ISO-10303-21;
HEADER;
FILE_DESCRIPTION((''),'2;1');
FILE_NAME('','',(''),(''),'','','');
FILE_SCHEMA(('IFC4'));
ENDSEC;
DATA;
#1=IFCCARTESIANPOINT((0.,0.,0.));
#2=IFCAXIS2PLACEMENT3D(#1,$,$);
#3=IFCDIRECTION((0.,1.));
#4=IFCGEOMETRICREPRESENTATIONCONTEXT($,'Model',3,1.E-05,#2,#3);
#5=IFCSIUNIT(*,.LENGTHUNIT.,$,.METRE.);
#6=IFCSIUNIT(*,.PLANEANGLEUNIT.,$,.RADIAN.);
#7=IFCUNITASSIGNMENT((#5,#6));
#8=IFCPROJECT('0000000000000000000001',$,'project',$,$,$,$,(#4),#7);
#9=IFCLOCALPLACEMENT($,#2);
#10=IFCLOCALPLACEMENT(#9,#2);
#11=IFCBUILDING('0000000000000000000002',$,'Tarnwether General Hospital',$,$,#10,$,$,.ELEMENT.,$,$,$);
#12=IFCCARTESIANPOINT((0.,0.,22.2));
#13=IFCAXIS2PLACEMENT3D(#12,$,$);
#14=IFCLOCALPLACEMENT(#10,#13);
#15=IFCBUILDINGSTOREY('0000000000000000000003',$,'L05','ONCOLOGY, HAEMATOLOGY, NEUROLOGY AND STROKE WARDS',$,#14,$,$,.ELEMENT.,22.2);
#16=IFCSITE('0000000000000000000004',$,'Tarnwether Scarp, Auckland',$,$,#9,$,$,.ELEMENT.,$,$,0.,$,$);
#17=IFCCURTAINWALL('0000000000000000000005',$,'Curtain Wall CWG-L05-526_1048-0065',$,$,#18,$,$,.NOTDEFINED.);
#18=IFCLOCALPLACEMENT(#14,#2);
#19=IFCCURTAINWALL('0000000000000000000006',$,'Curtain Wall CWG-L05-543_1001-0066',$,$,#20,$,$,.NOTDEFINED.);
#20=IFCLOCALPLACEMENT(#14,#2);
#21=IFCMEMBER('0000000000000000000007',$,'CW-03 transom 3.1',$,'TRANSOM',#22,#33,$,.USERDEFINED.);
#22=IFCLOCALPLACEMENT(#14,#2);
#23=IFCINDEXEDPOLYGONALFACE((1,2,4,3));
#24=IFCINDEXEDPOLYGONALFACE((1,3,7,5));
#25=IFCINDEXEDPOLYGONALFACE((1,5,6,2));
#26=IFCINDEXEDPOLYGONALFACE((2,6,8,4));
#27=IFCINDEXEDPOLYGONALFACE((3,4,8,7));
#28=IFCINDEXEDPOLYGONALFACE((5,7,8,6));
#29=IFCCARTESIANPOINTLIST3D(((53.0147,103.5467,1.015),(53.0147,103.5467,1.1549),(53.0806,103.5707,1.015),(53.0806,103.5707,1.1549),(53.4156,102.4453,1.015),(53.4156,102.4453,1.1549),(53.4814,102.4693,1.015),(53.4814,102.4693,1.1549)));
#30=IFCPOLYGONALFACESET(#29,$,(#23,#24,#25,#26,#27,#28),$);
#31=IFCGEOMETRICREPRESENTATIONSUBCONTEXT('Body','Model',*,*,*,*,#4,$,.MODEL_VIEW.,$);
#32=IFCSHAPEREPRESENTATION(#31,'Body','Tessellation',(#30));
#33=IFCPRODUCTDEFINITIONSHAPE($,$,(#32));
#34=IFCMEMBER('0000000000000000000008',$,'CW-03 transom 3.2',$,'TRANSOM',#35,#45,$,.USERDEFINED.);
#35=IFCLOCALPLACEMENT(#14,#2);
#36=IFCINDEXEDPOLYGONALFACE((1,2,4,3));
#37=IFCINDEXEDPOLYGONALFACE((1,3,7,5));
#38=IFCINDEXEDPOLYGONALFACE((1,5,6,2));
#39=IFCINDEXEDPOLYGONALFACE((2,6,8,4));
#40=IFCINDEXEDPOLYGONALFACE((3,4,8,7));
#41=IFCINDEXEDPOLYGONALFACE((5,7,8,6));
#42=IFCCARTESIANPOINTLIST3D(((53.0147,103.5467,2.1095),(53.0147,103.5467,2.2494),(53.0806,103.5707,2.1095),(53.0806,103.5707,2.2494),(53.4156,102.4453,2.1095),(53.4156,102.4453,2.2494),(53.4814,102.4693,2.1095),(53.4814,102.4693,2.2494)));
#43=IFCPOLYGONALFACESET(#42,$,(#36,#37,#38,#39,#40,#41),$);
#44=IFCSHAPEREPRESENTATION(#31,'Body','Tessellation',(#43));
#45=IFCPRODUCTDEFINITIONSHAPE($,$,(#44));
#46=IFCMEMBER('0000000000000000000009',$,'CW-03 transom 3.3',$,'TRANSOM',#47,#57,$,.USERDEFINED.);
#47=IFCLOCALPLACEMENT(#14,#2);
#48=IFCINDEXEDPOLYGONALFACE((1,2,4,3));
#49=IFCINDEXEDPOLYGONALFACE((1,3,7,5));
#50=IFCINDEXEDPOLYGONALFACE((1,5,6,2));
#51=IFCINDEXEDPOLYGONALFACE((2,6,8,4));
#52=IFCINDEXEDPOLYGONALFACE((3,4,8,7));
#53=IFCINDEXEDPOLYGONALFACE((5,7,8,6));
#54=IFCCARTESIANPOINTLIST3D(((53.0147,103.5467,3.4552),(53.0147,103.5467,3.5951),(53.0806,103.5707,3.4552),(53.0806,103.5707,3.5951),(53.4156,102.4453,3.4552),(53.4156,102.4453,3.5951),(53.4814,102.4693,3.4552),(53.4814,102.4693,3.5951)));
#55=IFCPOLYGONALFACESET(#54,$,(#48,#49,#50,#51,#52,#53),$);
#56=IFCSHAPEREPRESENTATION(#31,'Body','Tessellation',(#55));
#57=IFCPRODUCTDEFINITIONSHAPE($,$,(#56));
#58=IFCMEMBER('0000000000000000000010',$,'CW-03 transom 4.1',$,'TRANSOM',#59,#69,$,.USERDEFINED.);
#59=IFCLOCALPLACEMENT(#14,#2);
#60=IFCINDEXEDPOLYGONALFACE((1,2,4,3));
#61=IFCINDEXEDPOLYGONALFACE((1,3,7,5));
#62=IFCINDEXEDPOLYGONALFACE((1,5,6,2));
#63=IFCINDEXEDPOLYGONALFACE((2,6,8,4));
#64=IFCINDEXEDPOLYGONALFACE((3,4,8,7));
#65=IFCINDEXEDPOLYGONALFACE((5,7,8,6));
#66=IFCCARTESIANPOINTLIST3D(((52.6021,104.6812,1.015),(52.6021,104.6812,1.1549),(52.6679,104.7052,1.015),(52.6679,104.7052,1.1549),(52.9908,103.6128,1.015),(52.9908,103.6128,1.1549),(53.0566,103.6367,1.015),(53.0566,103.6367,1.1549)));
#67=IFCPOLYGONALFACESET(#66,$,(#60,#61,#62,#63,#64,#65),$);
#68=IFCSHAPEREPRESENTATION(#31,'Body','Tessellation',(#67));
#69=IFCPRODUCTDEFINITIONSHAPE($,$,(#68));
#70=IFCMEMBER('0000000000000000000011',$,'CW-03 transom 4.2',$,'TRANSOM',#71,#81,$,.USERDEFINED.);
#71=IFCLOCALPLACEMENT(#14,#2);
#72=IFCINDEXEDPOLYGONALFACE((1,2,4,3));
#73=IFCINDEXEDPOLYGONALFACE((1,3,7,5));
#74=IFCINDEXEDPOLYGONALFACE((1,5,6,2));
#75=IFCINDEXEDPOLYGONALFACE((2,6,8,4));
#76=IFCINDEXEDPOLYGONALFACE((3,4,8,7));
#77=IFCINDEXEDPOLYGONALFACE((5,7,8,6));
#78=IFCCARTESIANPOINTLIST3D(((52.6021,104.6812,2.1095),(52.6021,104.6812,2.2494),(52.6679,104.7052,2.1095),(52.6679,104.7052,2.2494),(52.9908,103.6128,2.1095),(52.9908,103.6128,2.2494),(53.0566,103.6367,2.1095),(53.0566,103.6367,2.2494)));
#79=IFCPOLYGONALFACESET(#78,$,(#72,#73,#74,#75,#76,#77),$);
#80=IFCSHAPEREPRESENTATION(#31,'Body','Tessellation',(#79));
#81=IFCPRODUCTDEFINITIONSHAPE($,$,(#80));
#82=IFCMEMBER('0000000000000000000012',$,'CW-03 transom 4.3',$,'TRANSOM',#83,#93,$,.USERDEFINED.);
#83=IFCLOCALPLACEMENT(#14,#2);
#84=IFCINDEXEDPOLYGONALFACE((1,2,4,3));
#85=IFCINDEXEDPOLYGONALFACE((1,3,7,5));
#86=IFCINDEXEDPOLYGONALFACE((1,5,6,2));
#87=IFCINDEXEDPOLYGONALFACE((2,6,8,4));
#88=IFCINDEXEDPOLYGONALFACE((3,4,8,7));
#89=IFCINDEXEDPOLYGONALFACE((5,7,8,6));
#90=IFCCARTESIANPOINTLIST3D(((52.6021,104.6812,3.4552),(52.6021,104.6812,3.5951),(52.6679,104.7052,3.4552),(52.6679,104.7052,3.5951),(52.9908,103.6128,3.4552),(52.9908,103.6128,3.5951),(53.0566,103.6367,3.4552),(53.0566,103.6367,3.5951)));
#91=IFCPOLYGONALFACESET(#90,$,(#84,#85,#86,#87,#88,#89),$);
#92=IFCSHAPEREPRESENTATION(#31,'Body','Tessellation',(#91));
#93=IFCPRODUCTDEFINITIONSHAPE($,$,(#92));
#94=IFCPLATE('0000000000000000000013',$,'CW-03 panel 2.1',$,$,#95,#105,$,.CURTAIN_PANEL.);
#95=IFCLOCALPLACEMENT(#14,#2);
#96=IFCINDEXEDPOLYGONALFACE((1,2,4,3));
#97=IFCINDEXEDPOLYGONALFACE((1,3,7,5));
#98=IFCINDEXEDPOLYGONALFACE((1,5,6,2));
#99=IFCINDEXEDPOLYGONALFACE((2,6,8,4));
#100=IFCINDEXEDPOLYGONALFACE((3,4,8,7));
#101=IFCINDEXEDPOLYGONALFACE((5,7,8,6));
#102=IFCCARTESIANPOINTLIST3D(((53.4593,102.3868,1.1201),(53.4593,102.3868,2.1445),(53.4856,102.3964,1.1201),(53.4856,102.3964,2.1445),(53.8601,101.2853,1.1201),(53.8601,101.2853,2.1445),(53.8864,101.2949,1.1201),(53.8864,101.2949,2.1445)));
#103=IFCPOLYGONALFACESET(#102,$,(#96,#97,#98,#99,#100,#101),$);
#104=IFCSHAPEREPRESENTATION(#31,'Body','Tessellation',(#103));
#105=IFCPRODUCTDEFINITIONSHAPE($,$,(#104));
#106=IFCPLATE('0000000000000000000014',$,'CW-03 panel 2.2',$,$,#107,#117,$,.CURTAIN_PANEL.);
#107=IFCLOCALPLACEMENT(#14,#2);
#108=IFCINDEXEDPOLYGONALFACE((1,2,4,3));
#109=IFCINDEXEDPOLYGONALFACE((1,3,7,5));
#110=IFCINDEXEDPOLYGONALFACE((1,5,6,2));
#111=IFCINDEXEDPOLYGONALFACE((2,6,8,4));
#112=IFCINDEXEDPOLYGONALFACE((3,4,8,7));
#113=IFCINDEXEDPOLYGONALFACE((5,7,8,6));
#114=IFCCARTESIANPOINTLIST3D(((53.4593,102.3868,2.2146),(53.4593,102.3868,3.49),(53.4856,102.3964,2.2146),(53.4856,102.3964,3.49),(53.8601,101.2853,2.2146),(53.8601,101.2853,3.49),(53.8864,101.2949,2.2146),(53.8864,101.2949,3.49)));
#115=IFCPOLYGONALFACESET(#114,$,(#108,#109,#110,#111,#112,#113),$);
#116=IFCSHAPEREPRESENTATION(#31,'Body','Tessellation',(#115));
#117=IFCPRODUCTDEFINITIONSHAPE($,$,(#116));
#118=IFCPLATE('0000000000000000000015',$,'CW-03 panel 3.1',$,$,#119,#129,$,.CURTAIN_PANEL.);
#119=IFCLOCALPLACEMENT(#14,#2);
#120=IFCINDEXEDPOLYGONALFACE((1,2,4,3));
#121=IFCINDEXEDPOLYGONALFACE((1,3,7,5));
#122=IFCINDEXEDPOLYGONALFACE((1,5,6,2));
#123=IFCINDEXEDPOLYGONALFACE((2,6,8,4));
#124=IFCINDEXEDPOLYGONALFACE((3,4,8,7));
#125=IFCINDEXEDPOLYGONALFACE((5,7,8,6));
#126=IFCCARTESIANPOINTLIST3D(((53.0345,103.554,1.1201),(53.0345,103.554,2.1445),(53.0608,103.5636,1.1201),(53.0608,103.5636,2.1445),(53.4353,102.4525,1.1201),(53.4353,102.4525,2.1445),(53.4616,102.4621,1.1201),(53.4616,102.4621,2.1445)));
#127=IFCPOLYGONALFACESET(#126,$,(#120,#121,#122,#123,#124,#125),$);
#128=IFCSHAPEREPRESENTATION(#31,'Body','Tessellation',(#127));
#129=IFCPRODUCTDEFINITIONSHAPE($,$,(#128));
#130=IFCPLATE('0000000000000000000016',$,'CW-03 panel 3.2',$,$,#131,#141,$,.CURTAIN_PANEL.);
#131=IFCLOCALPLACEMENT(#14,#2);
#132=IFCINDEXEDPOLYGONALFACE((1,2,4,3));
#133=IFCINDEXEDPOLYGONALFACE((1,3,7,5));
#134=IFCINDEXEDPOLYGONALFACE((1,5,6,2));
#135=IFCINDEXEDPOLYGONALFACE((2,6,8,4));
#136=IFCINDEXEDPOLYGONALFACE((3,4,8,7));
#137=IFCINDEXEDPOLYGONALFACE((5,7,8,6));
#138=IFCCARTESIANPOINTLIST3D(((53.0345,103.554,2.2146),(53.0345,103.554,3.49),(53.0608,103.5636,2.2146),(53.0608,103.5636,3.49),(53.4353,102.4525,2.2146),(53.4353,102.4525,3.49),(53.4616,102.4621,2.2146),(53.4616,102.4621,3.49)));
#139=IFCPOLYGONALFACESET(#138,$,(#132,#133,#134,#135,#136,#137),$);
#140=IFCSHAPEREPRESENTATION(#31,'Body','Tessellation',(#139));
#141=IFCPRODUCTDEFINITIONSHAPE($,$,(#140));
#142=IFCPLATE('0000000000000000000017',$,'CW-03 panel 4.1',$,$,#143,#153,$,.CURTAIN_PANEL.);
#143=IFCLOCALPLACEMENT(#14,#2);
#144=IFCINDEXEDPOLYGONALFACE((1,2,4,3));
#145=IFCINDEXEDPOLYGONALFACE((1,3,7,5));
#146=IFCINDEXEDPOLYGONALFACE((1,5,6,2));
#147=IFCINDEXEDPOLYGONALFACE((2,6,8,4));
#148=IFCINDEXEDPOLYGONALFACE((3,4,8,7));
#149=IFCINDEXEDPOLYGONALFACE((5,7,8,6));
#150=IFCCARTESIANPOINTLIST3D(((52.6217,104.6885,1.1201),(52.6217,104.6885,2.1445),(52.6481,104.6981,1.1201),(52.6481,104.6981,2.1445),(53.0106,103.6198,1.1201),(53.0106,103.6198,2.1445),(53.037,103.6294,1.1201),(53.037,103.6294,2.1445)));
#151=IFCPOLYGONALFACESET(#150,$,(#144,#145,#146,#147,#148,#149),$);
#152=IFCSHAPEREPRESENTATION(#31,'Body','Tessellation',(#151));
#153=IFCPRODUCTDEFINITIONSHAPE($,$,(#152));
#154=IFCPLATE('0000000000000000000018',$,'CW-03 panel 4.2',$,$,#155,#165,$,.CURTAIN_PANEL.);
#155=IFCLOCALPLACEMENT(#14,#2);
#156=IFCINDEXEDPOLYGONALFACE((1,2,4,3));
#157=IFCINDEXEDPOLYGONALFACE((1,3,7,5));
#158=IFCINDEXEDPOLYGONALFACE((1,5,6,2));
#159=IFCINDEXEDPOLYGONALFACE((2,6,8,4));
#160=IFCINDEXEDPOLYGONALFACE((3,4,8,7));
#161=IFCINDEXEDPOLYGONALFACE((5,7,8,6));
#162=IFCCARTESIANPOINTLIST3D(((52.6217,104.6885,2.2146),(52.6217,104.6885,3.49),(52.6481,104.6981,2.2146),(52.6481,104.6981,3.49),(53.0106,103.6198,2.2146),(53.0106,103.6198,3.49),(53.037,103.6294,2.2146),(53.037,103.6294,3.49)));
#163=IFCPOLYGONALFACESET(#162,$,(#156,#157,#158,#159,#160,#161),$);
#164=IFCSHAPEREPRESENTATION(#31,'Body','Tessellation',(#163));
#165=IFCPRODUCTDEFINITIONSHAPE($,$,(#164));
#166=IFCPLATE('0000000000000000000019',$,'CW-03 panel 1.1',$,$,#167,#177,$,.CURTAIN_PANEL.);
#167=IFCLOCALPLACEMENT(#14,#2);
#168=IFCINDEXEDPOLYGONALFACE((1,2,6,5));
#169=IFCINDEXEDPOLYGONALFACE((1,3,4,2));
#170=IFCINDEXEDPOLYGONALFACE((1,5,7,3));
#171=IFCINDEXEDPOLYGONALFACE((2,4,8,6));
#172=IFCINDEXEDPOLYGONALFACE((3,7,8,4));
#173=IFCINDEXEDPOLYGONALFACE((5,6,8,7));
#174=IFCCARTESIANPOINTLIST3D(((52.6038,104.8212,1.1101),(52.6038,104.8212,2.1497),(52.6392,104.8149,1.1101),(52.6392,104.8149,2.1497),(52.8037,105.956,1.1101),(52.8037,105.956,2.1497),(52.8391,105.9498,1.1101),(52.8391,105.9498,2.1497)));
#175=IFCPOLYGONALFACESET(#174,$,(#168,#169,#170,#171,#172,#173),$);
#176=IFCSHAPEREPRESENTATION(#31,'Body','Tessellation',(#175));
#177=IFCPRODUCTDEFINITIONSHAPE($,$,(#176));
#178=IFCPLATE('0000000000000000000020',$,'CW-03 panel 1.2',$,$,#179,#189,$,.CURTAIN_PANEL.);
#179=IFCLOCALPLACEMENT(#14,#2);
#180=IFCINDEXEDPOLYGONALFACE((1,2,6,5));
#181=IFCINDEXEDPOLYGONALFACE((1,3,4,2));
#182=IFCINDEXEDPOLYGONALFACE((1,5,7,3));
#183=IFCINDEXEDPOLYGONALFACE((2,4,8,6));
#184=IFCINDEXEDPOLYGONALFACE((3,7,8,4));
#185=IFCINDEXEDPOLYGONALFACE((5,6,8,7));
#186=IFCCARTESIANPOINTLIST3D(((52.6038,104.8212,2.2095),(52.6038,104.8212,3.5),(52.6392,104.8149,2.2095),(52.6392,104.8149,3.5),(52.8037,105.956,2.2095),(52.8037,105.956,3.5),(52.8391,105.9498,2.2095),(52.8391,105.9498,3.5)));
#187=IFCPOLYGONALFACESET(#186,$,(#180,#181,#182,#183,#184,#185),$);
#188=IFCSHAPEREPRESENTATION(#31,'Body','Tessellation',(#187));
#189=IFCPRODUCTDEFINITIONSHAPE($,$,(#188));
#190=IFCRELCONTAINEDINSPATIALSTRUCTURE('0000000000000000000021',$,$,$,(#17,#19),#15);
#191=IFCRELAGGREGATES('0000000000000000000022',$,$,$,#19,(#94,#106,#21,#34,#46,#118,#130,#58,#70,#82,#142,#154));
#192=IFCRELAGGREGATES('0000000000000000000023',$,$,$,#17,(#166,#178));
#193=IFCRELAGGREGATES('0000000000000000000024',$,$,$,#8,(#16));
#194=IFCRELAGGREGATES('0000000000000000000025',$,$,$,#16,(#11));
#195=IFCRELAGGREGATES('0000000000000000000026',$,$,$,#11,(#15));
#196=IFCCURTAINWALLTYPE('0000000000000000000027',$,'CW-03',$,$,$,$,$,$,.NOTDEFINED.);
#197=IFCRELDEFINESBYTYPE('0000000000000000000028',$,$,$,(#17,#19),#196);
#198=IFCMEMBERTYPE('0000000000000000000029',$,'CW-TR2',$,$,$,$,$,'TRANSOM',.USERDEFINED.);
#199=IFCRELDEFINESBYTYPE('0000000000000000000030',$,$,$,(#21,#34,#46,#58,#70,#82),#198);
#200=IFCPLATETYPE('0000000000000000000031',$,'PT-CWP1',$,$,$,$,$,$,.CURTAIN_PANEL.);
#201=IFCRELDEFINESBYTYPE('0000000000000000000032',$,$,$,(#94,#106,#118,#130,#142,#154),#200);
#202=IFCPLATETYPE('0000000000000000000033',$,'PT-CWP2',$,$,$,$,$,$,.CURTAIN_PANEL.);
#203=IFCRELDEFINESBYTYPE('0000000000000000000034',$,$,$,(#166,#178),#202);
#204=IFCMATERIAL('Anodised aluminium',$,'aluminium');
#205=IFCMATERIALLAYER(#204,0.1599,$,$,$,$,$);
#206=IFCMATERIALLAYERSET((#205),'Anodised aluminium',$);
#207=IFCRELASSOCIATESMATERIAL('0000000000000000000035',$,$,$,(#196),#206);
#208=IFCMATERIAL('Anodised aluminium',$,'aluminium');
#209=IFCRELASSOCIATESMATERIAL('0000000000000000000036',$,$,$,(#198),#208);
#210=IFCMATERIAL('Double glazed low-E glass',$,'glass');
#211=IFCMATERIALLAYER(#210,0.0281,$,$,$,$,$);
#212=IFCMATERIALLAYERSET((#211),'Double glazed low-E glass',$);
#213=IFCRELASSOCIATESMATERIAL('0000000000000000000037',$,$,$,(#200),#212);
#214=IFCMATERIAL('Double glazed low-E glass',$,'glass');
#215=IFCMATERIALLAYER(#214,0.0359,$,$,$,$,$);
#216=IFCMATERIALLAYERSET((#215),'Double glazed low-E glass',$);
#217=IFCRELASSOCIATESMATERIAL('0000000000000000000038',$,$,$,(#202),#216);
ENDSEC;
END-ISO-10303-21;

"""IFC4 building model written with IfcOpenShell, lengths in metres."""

from ifc_helpers import new_model, si_unit, direction, frame, origin, origin_2d, place, context, subcontext, project, spatial, rectangle, extrude, material, layer, layer_set, material_profile, profile_set, type_object, element, aggregate, save


model = new_model("IFC4")

# Units and contexts
model_context = context("Model", 3, precision=1e-05, world=origin(), true_north=direction((0.0, 1.0)))
body_context = subcontext(model_context, "Body", "Model", "MODEL_VIEW")
ifc_project = project(units=[si_unit("LENGTHUNIT", "METRE"), si_unit("PLANEANGLEUNIT", "RADIAN")], contexts=[model_context])

# Site, building, storey
site_placement = place(None, origin())
site = spatial("IfcSite", under=ifc_project, at=site_placement, Name="Tarnwether Scarp, Auckland", CompositionType="ELEMENT", RefElevation=0.0)
building_placement = place(site_placement, origin())
building = spatial("IfcBuilding", under=site, at=building_placement, Name="Tarnwether General Hospital", CompositionType="ELEMENT")
storey_placement = place(building_placement, frame((0.0, 0.0, 22.2)))
storey = spatial("IfcBuildingStorey", under=building, at=storey_placement, Name="L05", Description="ONCOLOGY, HAEMATOLOGY, NEUROLOGY AND STROKE WARDS", CompositionType="ELEMENT", Elevation=22.2)

# Curtain walls
ifc_material_1 = material(Name="Anodised aluminium", Category="aluminium")
ifc_layer_1 = layer(ifc_material_1, 0.1599)
ifc_layer_set_1 = layer_set([ifc_layer_1], Name="Anodised aluminium")
curtain_wall_type = type_object("IfcCurtainWallType", Name="CW-03", PredefinedType="NOTDEFINED", material=ifc_layer_set_1)
curtain_wall_1_placement = place(storey_placement, origin())
curtain_wall_1 = element("IfcCurtainWall", 1, at=curtain_wall_1_placement, inside=storey, type_object=curtain_wall_type, Name="Curtain Wall CWG-L05-526_1048-0065", PredefinedType="NOTDEFINED")
curtain_wall_2_placement = place(storey_placement, origin())
curtain_wall_2 = element("IfcCurtainWall", 2, at=curtain_wall_2_placement, inside=storey, type_object=curtain_wall_type, Name="Curtain Wall CWG-L05-543_1001-0066", PredefinedType="NOTDEFINED")

# Members
ifc_material_2 = material(Name="Anodised aluminium", Category="aluminium")
ifc_material_profile_1 = material_profile(ifc_material_2, rectangle(XDim=0.0701, YDim=0.1399, at=origin_2d()), Name="ALU-TRN-70x140")
ifc_profile_set_1 = profile_set([ifc_material_profile_1], Name="Anodised aluminium")
member_type_1 = type_object("IfcMemberType", Name="CW-TR2", ElementType="TRANSOM", PredefinedType="USERDEFINED", material=ifc_profile_set_1)
member_1_placement = place(storey_placement, frame((53.4485, 102.4573, 1.085), z_axis=(-0.341977, 0.939708, 0.0), x_axis=(-0.939708, -0.341977, 0.0)))
member_1 = element("IfcMember", 3, at=member_1_placement, type_object=member_type_1, Name="CW-03 transom 3.1", ObjectType="TRANSOM", PredefinedType="USERDEFINED", context=body_context, shape_type="SweptSolid", body=[
    extrude(rectangle(XDim=0.0701, YDim=0.1399, at=origin_2d()), origin(), (0.0, 0.0, 1.0), 1.1721),
])
member_2_placement = place(storey_placement, frame((53.4485, 102.4573, 2.1794), z_axis=(-0.341977, 0.939708, 0.0), x_axis=(-0.939708, -0.341977, 0.0)))
member_2 = element("IfcMember", 4, at=member_2_placement, type_object=member_type_1, Name="CW-03 transom 3.2", ObjectType="TRANSOM", PredefinedType="USERDEFINED", context=body_context, shape_type="SweptSolid", body=[
    extrude(rectangle(XDim=0.0701, YDim=0.1399, at=origin_2d()), origin(), (0.0, 0.0, 1.0), 1.1721),
])
member_3_placement = place(storey_placement, frame((53.4485, 102.4573, 3.5251), z_axis=(-0.341977, 0.939708, 0.0), x_axis=(-0.939708, -0.341977, 0.0)))
member_3 = element("IfcMember", 5, at=member_3_placement, type_object=member_type_1, Name="CW-03 transom 3.3", ObjectType="TRANSOM", PredefinedType="USERDEFINED", context=body_context, shape_type="SweptSolid", body=[
    extrude(rectangle(XDim=0.0701, YDim=0.1399, at=origin_2d()), origin(), (0.0, 0.0, 1.0), 1.1721),
])
member_4_placement = place(storey_placement, frame((53.0237, 103.6248, 1.085), z_axis=(-0.341881, 0.939743, 0.0), x_axis=(-0.939743, -0.341881, 0.0)))
member_4 = element("IfcMember", 6, at=member_4_placement, type_object=member_type_1, Name="CW-03 transom 4.1", ObjectType="TRANSOM", PredefinedType="USERDEFINED", context=body_context, shape_type="SweptSolid", body=[
    extrude(rectangle(XDim=0.0701, YDim=0.1399, at=origin_2d()), origin(), (0.0, 0.0, 1.0), 1.137),
])
member_5_placement = place(storey_placement, frame((53.0237, 103.6248, 2.1794), z_axis=(-0.341881, 0.939743, 0.0), x_axis=(-0.939743, -0.341881, 0.0)))
member_5 = element("IfcMember", 7, at=member_5_placement, type_object=member_type_1, Name="CW-03 transom 4.2", ObjectType="TRANSOM", PredefinedType="USERDEFINED", context=body_context, shape_type="SweptSolid", body=[
    extrude(rectangle(XDim=0.0701, YDim=0.1399, at=origin_2d()), origin(), (0.0, 0.0, 1.0), 1.137),
])
member_6_placement = place(storey_placement, frame((53.0237, 103.6248, 3.5251), z_axis=(-0.341881, 0.939743, 0.0), x_axis=(-0.939743, -0.341881, 0.0)))
member_6 = element("IfcMember", 8, at=member_6_placement, type_object=member_type_1, Name="CW-03 transom 4.3", ObjectType="TRANSOM", PredefinedType="USERDEFINED", context=body_context, shape_type="SweptSolid", body=[
    extrude(rectangle(XDim=0.0701, YDim=0.1399, at=origin_2d()), origin(), (0.0, 0.0, 1.0), 1.137),
])

# Plates
ifc_material_3 = material(Name="Double glazed low-E glass", Category="glass")
ifc_layer_2 = layer(ifc_material_3, 0.0281)
ifc_layer_set_2 = layer_set([ifc_layer_2], Name="Double glazed low-E glass")
plate_type_1 = type_object("IfcPlateType", Name="PT-CWP1", PredefinedType="CURTAIN_PANEL", material=ifc_layer_set_2)
plate_1_placement = place(storey_placement, frame((53.6729, 101.8408, 1.1201), z_axis=(0.0, 0.0, 1.0), x_axis=(-0.341953, 0.939717, 0.0)))
plate_1 = element("IfcPlate", 9, at=plate_1_placement, type_object=plate_type_1, Name="CW-03 panel 2.1", PredefinedType="CURTAIN_PANEL", context=body_context, shape_type="SweptSolid", body=[
    extrude(rectangle(XDim=1.1721, YDim=0.0281, at=origin_2d()), origin(), (0.0, 0.0, 1.0), 1.0244),
])
plate_2_placement = place(storey_placement, frame((53.6729, 101.8408, 2.2146), z_axis=(0.0, 0.0, 1.0), x_axis=(-0.341953, 0.939717, 0.0)))
plate_2 = element("IfcPlate", 10, at=plate_2_placement, type_object=plate_type_1, Name="CW-03 panel 2.2", PredefinedType="CURTAIN_PANEL", context=body_context, shape_type="SweptSolid", body=[
    extrude(rectangle(XDim=1.1721, YDim=0.0281, at=origin_2d()), origin(), (0.0, 0.0, 1.0), 1.2754),
])
plate_3_placement = place(storey_placement, frame((53.248, 103.0081, 1.1201), z_axis=(0.0, 0.0, 1.0), x_axis=(-0.341953, 0.939717, 0.0)))
plate_3 = element("IfcPlate", 11, at=plate_3_placement, type_object=plate_type_1, Name="CW-03 panel 3.1", PredefinedType="CURTAIN_PANEL", context=body_context, shape_type="SweptSolid", body=[
    extrude(rectangle(XDim=1.1721, YDim=0.0281, at=origin_2d()), origin(), (0.0, 0.0, 1.0), 1.0244),
])
plate_4_placement = place(storey_placement, frame((53.248, 103.0081, 2.2146), z_axis=(0.0, 0.0, 1.0), x_axis=(-0.341953, 0.939717, 0.0)))
plate_4 = element("IfcPlate", 12, at=plate_4_placement, type_object=plate_type_1, Name="CW-03 panel 3.2", PredefinedType="CURTAIN_PANEL", context=body_context, shape_type="SweptSolid", body=[
    extrude(rectangle(XDim=1.1721, YDim=0.0281, at=origin_2d()), origin(), (0.0, 0.0, 1.0), 1.2754),
])
plate_5_placement = place(storey_placement, frame((52.8293, 104.1589, 1.1201), z_axis=(0.0, 0.0, 1.0), x_axis=(-0.341953, 0.939717, 0.0)))
plate_5 = element("IfcPlate", 13, at=plate_5_placement, type_object=plate_type_1, Name="CW-03 panel 4.1", PredefinedType="CURTAIN_PANEL", context=body_context, shape_type="SweptSolid", body=[
    extrude(rectangle(XDim=1.1372, YDim=0.0281, at=origin_2d()), origin(), (0.0, 0.0, 1.0), 1.0244),
])
plate_6_placement = place(storey_placement, frame((52.8293, 104.1589, 2.2146), z_axis=(0.0, 0.0, 1.0), x_axis=(-0.341953, 0.939717, 0.0)))
plate_6 = element("IfcPlate", 14, at=plate_6_placement, type_object=plate_type_1, Name="CW-03 panel 4.2", PredefinedType="CURTAIN_PANEL", context=body_context, shape_type="SweptSolid", body=[
    extrude(rectangle(XDim=1.1372, YDim=0.0281, at=origin_2d()), origin(), (0.0, 0.0, 1.0), 1.2754),
])
aggregate(curtain_wall_2, [plate_1, plate_2, member_1, member_2, member_3, plate_3, plate_4, member_4, member_5, member_6, plate_5, plate_6])
ifc_material_4 = material(Name="Double glazed low-E glass", Category="glass")
ifc_layer_3 = layer(ifc_material_4, 0.0359)
ifc_layer_set_3 = layer_set([ifc_layer_3], Name="Double glazed low-E glass")
plate_type_2 = type_object("IfcPlateType", Name="PT-CWP2", PredefinedType="CURTAIN_PANEL", material=ifc_layer_set_3)
plate_7_placement = place(storey_placement, frame((52.7214, 105.3855, 1.1101), z_axis=(0.0, 0.0, 1.0), x_axis=(0.173464, 0.98484, 0.0)))
plate_7 = element("IfcPlate", 15, at=plate_7_placement, type_object=plate_type_2, Name="CW-03 panel 1.1", PredefinedType="CURTAIN_PANEL", context=body_context, shape_type="SweptSolid", body=[
    extrude(rectangle(XDim=1.1523, YDim=0.0359, at=origin_2d()), origin(), (0.0, 0.0, 1.0), 1.0396),
])
plate_8_placement = place(storey_placement, frame((52.7214, 105.3855, 2.2095), z_axis=(0.0, 0.0, 1.0), x_axis=(0.173464, 0.98484, 0.0)))
plate_8 = element("IfcPlate", 16, at=plate_8_placement, type_object=plate_type_2, Name="CW-03 panel 1.2", PredefinedType="CURTAIN_PANEL", context=body_context, shape_type="SweptSolid", body=[
    extrude(rectangle(XDim=1.1523, YDim=0.0359, at=origin_2d()), origin(), (0.0, 0.0, 1.0), 1.2905),
])
aggregate(curtain_wall_1, [plate_7, plate_8])

save(model, "model.ifc")
